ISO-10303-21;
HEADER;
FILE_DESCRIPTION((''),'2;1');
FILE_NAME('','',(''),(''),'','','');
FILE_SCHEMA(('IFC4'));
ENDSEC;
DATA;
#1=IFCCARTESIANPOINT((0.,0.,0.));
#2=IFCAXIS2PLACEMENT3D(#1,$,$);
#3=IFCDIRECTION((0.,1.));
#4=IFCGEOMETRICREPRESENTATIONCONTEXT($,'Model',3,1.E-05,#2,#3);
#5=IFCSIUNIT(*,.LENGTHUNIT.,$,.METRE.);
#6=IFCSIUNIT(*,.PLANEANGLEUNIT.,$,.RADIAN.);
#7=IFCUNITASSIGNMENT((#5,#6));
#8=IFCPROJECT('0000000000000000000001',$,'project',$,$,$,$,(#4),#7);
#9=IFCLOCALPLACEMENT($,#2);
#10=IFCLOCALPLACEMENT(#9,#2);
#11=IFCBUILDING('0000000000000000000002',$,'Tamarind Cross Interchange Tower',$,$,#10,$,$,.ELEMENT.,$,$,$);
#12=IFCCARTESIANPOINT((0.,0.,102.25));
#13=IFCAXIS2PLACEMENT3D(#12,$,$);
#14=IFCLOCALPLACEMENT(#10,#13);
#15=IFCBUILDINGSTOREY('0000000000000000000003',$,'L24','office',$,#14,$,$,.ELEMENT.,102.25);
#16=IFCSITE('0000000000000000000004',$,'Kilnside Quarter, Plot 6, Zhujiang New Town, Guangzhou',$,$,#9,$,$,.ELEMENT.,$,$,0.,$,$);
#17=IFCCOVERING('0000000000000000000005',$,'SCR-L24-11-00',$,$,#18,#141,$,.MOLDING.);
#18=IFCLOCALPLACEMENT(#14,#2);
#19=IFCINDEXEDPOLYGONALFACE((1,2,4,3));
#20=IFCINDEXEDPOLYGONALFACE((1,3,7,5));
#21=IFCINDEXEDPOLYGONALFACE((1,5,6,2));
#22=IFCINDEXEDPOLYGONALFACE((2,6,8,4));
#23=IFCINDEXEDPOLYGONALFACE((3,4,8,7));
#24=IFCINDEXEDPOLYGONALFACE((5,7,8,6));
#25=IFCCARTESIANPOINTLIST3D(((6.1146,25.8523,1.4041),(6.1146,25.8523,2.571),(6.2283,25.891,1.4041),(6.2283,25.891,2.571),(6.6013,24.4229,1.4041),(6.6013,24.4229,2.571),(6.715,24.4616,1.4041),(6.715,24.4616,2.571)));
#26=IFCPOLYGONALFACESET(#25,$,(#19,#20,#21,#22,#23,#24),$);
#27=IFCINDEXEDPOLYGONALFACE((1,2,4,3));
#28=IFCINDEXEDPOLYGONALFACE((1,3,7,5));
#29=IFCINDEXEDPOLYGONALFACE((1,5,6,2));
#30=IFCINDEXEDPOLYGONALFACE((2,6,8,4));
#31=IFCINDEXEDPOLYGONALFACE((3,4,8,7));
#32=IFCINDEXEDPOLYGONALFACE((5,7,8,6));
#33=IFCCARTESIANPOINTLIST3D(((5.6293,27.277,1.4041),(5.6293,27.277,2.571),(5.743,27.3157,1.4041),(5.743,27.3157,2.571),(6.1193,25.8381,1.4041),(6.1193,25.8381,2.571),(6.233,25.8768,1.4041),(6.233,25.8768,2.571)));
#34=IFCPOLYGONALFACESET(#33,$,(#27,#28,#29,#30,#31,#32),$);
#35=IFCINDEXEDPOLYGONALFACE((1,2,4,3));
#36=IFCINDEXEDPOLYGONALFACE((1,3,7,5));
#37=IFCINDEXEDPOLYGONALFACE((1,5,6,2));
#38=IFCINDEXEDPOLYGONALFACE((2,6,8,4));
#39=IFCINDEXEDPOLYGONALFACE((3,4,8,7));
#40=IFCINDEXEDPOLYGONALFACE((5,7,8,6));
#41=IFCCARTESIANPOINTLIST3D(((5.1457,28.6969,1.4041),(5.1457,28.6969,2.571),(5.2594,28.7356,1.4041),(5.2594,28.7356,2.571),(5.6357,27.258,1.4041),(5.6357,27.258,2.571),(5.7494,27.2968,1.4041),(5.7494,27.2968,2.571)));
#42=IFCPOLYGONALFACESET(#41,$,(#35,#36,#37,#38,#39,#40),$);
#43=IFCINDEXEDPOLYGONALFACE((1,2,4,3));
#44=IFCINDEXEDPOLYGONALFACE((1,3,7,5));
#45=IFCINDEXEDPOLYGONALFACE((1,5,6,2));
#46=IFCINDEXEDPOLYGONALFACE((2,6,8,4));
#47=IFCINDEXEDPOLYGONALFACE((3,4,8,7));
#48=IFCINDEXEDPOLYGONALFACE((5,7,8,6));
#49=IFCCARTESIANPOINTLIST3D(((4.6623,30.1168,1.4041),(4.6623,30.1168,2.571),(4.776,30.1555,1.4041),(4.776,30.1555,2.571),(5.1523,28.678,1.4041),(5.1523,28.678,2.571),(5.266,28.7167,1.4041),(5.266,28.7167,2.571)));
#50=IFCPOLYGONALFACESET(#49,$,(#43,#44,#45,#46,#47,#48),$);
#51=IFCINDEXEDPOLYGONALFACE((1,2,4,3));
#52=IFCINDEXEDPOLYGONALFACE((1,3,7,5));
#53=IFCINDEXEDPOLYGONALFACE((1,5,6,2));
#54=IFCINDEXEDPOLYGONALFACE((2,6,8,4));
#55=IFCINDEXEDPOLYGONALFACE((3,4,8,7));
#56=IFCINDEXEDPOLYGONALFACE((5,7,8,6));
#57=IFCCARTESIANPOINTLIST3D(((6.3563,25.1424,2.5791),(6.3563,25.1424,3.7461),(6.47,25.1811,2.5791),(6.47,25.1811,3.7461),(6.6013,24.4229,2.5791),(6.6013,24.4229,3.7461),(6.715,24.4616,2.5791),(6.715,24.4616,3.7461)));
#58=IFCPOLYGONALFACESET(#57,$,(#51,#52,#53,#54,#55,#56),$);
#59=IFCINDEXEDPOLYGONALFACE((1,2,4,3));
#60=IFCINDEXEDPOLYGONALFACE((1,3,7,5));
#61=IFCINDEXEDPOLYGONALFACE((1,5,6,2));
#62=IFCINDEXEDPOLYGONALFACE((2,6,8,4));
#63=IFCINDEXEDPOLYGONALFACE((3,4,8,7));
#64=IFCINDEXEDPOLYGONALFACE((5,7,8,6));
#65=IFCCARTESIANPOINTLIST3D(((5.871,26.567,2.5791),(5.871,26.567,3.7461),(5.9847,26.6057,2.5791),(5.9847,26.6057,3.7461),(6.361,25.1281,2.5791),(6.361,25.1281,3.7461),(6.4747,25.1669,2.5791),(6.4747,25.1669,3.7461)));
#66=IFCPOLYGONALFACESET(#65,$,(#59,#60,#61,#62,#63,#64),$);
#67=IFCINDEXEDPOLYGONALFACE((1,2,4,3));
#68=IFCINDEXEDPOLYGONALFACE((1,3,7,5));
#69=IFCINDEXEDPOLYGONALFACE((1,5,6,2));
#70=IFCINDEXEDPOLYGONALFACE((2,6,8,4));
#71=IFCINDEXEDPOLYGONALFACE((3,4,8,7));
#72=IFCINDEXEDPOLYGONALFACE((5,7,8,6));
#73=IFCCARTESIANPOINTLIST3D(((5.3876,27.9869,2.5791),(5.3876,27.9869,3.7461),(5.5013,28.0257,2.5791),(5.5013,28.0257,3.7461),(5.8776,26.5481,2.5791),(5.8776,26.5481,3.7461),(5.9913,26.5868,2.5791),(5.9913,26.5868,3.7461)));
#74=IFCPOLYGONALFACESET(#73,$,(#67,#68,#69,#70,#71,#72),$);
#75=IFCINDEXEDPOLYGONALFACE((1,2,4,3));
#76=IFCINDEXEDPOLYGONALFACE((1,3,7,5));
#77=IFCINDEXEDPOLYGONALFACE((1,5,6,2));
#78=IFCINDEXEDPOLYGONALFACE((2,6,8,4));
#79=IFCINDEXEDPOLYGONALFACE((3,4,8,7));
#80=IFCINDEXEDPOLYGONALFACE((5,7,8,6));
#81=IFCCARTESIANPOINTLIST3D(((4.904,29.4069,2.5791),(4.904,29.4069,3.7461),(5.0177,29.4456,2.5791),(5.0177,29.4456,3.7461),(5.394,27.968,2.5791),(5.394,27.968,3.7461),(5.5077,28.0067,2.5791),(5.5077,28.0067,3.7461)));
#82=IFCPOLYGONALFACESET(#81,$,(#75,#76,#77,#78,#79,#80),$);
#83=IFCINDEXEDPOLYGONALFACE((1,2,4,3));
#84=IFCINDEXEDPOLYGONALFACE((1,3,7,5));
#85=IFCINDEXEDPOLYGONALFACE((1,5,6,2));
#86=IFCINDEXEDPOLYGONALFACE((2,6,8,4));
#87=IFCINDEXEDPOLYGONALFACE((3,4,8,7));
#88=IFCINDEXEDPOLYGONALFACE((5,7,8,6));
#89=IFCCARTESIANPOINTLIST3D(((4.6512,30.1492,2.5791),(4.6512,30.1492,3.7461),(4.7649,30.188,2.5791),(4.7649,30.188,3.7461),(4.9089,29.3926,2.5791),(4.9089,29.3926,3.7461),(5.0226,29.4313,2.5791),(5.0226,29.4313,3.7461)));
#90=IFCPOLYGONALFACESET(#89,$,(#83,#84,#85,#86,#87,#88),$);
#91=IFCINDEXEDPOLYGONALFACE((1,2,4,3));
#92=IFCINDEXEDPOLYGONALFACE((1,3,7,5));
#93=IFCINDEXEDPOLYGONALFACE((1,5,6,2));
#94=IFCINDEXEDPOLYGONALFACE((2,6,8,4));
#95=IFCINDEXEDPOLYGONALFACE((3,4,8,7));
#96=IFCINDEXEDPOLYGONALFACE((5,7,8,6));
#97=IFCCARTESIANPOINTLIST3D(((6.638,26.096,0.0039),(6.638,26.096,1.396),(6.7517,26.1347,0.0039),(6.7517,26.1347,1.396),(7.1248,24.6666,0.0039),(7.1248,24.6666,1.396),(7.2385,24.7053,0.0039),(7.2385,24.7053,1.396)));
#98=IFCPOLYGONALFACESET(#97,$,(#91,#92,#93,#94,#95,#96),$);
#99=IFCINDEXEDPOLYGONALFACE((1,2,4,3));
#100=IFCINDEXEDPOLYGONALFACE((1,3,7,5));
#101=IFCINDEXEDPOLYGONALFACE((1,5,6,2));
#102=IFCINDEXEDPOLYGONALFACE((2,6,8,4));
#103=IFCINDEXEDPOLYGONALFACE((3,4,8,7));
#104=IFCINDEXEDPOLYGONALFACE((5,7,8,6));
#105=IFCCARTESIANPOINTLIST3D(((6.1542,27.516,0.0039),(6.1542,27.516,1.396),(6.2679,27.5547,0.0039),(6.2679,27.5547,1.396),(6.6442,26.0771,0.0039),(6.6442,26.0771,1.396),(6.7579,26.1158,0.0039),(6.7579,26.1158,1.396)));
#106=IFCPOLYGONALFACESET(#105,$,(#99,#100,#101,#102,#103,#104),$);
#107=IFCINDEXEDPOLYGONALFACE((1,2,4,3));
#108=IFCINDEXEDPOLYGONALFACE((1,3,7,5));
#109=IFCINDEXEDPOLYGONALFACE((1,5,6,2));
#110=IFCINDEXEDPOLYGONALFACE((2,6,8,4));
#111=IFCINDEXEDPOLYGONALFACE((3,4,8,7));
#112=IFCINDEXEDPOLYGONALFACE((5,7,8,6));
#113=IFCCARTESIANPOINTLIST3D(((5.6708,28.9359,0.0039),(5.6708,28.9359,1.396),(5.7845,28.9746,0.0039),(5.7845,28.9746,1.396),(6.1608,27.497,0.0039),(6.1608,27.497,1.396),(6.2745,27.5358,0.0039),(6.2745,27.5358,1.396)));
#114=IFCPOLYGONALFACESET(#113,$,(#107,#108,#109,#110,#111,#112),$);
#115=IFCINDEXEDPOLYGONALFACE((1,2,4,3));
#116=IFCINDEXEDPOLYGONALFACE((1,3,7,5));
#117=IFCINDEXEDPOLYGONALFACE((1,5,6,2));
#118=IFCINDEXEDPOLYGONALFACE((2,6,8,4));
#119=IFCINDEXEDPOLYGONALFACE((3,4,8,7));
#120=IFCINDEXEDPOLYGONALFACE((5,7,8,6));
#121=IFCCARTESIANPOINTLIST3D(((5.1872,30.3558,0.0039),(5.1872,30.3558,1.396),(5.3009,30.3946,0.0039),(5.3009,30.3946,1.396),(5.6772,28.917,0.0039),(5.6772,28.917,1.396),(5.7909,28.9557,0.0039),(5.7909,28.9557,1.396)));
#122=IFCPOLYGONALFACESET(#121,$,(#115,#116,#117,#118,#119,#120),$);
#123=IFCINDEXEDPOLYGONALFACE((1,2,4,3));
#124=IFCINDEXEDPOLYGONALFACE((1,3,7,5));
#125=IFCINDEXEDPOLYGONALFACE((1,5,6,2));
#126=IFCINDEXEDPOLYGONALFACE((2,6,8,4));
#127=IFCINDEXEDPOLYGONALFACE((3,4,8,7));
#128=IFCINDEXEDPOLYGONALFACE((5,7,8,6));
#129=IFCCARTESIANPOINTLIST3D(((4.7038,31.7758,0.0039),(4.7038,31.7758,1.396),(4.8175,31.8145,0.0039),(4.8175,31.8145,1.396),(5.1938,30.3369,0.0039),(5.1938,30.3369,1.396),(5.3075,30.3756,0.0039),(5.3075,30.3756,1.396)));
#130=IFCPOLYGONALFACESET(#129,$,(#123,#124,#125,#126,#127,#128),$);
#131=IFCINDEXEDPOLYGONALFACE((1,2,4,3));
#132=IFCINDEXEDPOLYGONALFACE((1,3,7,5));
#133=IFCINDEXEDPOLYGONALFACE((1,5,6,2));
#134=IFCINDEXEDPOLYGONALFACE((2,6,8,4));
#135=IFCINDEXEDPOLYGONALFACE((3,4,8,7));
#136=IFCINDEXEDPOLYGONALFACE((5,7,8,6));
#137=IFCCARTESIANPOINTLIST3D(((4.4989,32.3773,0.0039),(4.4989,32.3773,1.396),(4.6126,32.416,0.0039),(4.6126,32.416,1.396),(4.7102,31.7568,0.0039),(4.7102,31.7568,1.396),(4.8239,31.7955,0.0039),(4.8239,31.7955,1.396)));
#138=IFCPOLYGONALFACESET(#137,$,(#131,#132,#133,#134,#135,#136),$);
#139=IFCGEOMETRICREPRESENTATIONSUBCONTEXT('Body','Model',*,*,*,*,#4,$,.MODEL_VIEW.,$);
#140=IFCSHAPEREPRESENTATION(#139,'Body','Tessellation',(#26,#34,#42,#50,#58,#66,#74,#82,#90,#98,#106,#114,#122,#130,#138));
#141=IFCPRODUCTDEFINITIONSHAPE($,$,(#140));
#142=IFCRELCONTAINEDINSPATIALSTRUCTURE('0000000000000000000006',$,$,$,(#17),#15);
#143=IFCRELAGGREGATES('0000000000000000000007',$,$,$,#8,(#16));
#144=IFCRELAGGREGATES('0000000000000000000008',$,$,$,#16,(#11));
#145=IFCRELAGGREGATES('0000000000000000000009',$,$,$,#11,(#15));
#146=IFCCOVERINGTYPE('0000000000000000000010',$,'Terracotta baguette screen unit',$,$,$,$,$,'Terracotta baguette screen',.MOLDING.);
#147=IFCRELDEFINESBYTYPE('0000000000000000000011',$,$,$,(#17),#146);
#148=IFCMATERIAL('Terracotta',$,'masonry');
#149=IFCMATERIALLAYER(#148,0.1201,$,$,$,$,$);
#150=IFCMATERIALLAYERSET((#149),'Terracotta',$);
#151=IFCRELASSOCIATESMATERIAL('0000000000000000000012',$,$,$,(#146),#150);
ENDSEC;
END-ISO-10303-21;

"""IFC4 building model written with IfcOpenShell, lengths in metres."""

from ifc_helpers import new_model, si_unit, direction, frame, origin, origin_2d, place, context, subcontext, project, spatial, rectangle, extrude, material, layer, layer_set, type_object, element, save


model = new_model("IFC4")

# Units and contexts
model_context = context("Model", 3, precision=1e-05, world=origin(), true_north=direction((0.0, 1.0)))
body_context = subcontext(model_context, "Body", "Model", "MODEL_VIEW")
ifc_project = project(units=[si_unit("LENGTHUNIT", "METRE"), si_unit("PLANEANGLEUNIT", "RADIAN")], contexts=[model_context])

# Site, building, storey
site_placement = place(None, origin())
site = spatial("IfcSite", under=ifc_project, at=site_placement, Name="Kilnside Quarter, Plot 6, Zhujiang New Town, Guangzhou", CompositionType="ELEMENT", RefElevation=0.0)
building_placement = place(site_placement, origin())
building = spatial("IfcBuilding", under=site, at=building_placement, Name="Tamarind Cross Interchange Tower", CompositionType="ELEMENT")
storey_placement = place(building_placement, frame((0.0, 0.0, 102.25)))
storey = spatial("IfcBuildingStorey", under=building, at=storey_placement, Name="L24", Description="office", CompositionType="ELEMENT", Elevation=102.25)

# Covering
ifc_material_1 = material(Name="Terracotta", Category="masonry")
ifc_layer_1 = layer(ifc_material_1, 0.1201)
ifc_layer_set_1 = layer_set([ifc_layer_1], Name="Terracotta")
covering_type = type_object("IfcCoveringType", Name="Terracotta baguette screen unit", ElementType="Terracotta baguette screen", PredefinedType="MOLDING", material=ifc_layer_set_1)
covering_1_placement = place(storey_placement, origin())
element("IfcCovering", 1, at=covering_1_placement, inside=storey, type_object=covering_type, Name="SCR-L24-11-00", PredefinedType="MOLDING", context=body_context, shape_type="SweptSolid", body=[
    extrude(rectangle(XDim=1.51, YDim=0.1201, at=origin_2d()), frame((6.4148, 25.157, 1.4041), z_axis=(0.0, 0.0, 1.0), x_axis=(-0.322371, 0.946613, 0.0)), (0.0, 0.0, 1.0), 1.167),
    extrude(rectangle(XDim=1.52, YDim=0.1201, at=origin_2d()), frame((5.9312, 26.5769, 1.4041), z_axis=(0.0, 0.0, 1.0), x_axis=(-0.322371, 0.946613, 0.0)), (0.0, 0.0, 1.0), 1.167),
    extrude(rectangle(XDim=1.52, YDim=0.1201, at=origin_2d()), frame((5.4475, 27.9968, 1.4041), z_axis=(0.0, 0.0, 1.0), x_axis=(-0.322371, 0.946613, 0.0)), (0.0, 0.0, 1.0), 1.167),
    extrude(rectangle(XDim=1.52, YDim=0.1201, at=origin_2d()), frame((4.9641, 29.4167, 1.4041), z_axis=(0.0, 0.0, 1.0), x_axis=(-0.322371, 0.946613, 0.0)), (0.0, 0.0, 1.0), 1.167),
    extrude(rectangle(XDim=0.76, YDim=0.1201, at=origin_2d()), frame((6.5356, 24.802, 2.5791), z_axis=(0.0, 0.0, 1.0), x_axis=(-0.322371, 0.946613, 0.0)), (0.0, 0.0, 1.0), 1.167),
    extrude(rectangle(XDim=1.52, YDim=0.1201, at=origin_2d()), frame((6.1729, 25.8669, 2.5791), z_axis=(0.0, 0.0, 1.0), x_axis=(-0.322371, 0.946613, 0.0)), (0.0, 0.0, 1.0), 1.167),
    extrude(rectangle(XDim=1.52, YDim=0.1201, at=origin_2d()), frame((5.6895, 27.2869, 2.5791), z_axis=(0.0, 0.0, 1.0), x_axis=(-0.322371, 0.946613, 0.0)), (0.0, 0.0, 1.0), 1.167),
    extrude(rectangle(XDim=1.52, YDim=0.1201, at=origin_2d()), frame((5.2058, 28.7068, 2.5791), z_axis=(0.0, 0.0, 1.0), x_axis=(-0.322371, 0.946613, 0.0)), (0.0, 0.0, 1.0), 1.167),
    extrude(rectangle(XDim=0.7993, YDim=0.1201, at=origin_2d()), frame((4.8369, 29.7903, 2.5791), z_axis=(0.0, 0.0, 1.0), x_axis=(-0.322371, 0.946613, 0.0)), (0.0, 0.0, 1.0), 1.167),
    extrude(rectangle(XDim=1.51, YDim=0.1201, at=origin_2d()), frame((6.9382, 25.4006, 0.0039), z_axis=(0.0, 0.0, 1.0), x_axis=(-0.322371, 0.946613, 0.0)), (0.0, 0.0, 1.0), 1.3921),
    extrude(rectangle(XDim=1.52, YDim=0.1201, at=origin_2d()), frame((6.4561, 26.8159, 0.0039), z_axis=(0.0, 0.0, 1.0), x_axis=(-0.322371, 0.946613, 0.0)), (0.0, 0.0, 1.0), 1.3921),
    extrude(rectangle(XDim=1.52, YDim=0.1201, at=origin_2d()), frame((5.9727, 28.2358, 0.0039), z_axis=(0.0, 0.0, 1.0), x_axis=(-0.322371, 0.946613, 0.0)), (0.0, 0.0, 1.0), 1.3921),
    extrude(rectangle(XDim=1.52, YDim=0.1201, at=origin_2d()), frame((5.489, 29.6558, 0.0039), z_axis=(0.0, 0.0, 1.0), x_axis=(-0.322371, 0.946613, 0.0)), (0.0, 0.0, 1.0), 1.3921),
    extrude(rectangle(XDim=1.52, YDim=0.1201, at=origin_2d()), frame((5.0056, 31.0757, 0.0039), z_axis=(0.0, 0.0, 1.0), x_axis=(-0.322371, 0.946613, 0.0)), (0.0, 0.0, 1.0), 1.3921),
    extrude(rectangle(XDim=0.6555, YDim=0.1201, at=origin_2d()), frame((4.6614, 32.0864, 0.0039), z_axis=(0.0, 0.0, 1.0), x_axis=(-0.322371, 0.946613, 0.0)), (0.0, 0.0, 1.0), 1.3921),
])

save(model, "model.ifc")
